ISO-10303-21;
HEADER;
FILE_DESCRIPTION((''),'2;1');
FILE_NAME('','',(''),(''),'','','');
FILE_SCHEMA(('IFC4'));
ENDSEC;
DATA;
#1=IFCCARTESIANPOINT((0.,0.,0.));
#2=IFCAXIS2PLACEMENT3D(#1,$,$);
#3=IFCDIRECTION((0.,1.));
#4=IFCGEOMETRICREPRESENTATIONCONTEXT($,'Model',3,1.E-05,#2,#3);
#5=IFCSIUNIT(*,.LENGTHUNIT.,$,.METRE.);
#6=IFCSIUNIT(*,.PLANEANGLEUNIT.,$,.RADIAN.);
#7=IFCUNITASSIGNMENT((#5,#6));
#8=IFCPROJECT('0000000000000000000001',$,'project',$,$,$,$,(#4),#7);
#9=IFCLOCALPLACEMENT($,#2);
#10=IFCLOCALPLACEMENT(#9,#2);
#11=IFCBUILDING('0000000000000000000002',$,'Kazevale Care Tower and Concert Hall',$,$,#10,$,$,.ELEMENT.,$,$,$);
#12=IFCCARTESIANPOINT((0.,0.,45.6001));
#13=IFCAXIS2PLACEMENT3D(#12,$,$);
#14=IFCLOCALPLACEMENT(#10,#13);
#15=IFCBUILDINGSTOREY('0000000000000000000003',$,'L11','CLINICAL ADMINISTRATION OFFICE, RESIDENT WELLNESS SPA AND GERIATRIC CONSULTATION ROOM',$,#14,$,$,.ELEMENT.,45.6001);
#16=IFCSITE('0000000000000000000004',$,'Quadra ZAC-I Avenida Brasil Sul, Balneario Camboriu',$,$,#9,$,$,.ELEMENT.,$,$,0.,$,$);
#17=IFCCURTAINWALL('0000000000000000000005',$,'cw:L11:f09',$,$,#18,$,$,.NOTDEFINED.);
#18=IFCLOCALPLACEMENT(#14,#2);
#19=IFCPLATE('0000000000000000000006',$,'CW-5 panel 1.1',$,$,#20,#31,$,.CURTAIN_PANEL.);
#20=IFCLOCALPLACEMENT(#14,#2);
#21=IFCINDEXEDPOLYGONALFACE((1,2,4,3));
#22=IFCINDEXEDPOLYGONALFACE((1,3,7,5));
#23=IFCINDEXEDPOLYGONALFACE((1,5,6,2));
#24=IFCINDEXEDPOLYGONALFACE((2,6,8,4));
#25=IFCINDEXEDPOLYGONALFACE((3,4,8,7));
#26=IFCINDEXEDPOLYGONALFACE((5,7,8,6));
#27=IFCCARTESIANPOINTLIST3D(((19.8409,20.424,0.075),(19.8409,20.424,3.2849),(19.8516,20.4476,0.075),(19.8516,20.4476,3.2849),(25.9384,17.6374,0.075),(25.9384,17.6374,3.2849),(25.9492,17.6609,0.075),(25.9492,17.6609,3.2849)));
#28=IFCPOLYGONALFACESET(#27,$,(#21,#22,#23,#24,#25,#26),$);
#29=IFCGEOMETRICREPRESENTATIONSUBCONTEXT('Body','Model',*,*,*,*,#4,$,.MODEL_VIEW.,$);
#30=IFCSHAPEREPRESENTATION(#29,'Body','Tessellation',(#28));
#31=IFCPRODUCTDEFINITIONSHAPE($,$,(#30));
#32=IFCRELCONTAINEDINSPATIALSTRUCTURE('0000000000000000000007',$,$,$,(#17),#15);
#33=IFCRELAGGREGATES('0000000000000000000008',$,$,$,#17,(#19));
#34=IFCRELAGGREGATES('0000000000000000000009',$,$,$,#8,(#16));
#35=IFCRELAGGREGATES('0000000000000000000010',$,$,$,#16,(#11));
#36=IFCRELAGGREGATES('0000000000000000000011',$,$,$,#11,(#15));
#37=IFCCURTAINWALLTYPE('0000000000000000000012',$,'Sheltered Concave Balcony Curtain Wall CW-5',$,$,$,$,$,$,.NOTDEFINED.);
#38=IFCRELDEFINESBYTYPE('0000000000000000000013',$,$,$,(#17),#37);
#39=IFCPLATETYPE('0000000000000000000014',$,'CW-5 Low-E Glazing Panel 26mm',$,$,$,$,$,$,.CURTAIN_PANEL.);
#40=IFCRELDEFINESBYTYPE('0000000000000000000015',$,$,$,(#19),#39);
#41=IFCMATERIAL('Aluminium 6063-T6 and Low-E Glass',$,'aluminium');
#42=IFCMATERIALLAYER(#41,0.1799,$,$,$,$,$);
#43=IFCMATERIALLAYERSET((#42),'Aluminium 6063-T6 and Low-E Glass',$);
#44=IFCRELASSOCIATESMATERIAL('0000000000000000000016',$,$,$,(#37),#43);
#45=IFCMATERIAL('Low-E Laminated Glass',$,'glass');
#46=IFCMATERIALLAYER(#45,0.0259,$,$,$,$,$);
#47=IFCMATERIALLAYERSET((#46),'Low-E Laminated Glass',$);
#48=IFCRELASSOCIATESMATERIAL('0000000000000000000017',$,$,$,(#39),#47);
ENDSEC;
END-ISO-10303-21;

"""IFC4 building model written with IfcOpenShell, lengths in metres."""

from ifc_helpers import new_model, si_unit, direction, frame, origin, origin_2d, place, context, subcontext, project, spatial, rectangle, extrude, material, layer, layer_set, type_object, element, aggregate, save


model = new_model("IFC4")

# Units and contexts
model_context = context("Model", 3, precision=1e-05, world=origin(), true_north=direction((0.0, 1.0)))
body_context = subcontext(model_context, "Body", "Model", "MODEL_VIEW")
ifc_project = project(units=[si_unit("LENGTHUNIT", "METRE"), si_unit("PLANEANGLEUNIT", "RADIAN")], contexts=[model_context])

# Site, building, storey
site_placement = place(None, origin())
site = spatial("IfcSite", under=ifc_project, at=site_placement, Name="Quadra ZAC-I Avenida Brasil Sul, Balneario Camboriu", CompositionType="ELEMENT", RefElevation=0.0)
building_placement = place(site_placement, origin())
building = spatial("IfcBuilding", under=site, at=building_placement, Name="Kazevale Care Tower and Concert Hall", CompositionType="ELEMENT")
storey_placement = place(building_placement, frame((0.0, 0.0, 45.6001)))
storey = spatial("IfcBuildingStorey", under=building, at=storey_placement, Name="L11", Description="CLINICAL ADMINISTRATION OFFICE, RESIDENT WELLNESS SPA AND GERIATRIC CONSULTATION ROOM", CompositionType="ELEMENT", Elevation=45.6001)

# Shared definitions
ifc_material_1 = material(Name="Aluminium 6063-T6 and Low-E Glass", Category="aluminium")
ifc_layer_1 = layer(ifc_material_1, 0.1799)
ifc_layer_set_1 = layer_set([ifc_layer_1], Name="Aluminium 6063-T6 and Low-E Glass")
curtain_wall_type = type_object("IfcCurtainWallType", Name="Sheltered Concave Balcony Curtain Wall CW-5", PredefinedType="NOTDEFINED", material=ifc_layer_set_1)

# Curtain wall
curtain_wall_1_placement = place(storey_placement, origin())
curtain_wall_1 = element("IfcCurtainWall", 1, at=curtain_wall_1_placement, inside=storey, type_object=curtain_wall_type, Name="cw:L11:f09", PredefinedType="NOTDEFINED")

# Plate
ifc_material_2 = material(Name="Low-E Laminated Glass", Category="glass")
ifc_layer_2 = layer(ifc_material_2, 0.0259)
ifc_layer_set_2 = layer_set([ifc_layer_2], Name="Low-E Laminated Glass")
plate_type = type_object("IfcPlateType", Name="CW-5 Low-E Glazing Panel 26mm", PredefinedType="CURTAIN_PANEL", material=ifc_layer_set_2)
plate_1_placement = place(storey_placement, frame((22.895, 19.0425, 0.075), z_axis=(0.0, 0.0, 1.0), x_axis=(-0.90952, 0.41566, 0.0)))
plate_1 = element("IfcPlate", 2, at=plate_1_placement, type_object=plate_type, Name="CW-5 panel 1.1", PredefinedType="CURTAIN_PANEL", context=body_context, shape_type="SweptSolid", body=[
    extrude(rectangle(XDim=6.7041, YDim=0.0259, at=origin_2d()), origin(), (0.0, 0.0, 1.0), 3.21),
])
aggregate(curtain_wall_1, [plate_1])

save(model, "model.ifc")
